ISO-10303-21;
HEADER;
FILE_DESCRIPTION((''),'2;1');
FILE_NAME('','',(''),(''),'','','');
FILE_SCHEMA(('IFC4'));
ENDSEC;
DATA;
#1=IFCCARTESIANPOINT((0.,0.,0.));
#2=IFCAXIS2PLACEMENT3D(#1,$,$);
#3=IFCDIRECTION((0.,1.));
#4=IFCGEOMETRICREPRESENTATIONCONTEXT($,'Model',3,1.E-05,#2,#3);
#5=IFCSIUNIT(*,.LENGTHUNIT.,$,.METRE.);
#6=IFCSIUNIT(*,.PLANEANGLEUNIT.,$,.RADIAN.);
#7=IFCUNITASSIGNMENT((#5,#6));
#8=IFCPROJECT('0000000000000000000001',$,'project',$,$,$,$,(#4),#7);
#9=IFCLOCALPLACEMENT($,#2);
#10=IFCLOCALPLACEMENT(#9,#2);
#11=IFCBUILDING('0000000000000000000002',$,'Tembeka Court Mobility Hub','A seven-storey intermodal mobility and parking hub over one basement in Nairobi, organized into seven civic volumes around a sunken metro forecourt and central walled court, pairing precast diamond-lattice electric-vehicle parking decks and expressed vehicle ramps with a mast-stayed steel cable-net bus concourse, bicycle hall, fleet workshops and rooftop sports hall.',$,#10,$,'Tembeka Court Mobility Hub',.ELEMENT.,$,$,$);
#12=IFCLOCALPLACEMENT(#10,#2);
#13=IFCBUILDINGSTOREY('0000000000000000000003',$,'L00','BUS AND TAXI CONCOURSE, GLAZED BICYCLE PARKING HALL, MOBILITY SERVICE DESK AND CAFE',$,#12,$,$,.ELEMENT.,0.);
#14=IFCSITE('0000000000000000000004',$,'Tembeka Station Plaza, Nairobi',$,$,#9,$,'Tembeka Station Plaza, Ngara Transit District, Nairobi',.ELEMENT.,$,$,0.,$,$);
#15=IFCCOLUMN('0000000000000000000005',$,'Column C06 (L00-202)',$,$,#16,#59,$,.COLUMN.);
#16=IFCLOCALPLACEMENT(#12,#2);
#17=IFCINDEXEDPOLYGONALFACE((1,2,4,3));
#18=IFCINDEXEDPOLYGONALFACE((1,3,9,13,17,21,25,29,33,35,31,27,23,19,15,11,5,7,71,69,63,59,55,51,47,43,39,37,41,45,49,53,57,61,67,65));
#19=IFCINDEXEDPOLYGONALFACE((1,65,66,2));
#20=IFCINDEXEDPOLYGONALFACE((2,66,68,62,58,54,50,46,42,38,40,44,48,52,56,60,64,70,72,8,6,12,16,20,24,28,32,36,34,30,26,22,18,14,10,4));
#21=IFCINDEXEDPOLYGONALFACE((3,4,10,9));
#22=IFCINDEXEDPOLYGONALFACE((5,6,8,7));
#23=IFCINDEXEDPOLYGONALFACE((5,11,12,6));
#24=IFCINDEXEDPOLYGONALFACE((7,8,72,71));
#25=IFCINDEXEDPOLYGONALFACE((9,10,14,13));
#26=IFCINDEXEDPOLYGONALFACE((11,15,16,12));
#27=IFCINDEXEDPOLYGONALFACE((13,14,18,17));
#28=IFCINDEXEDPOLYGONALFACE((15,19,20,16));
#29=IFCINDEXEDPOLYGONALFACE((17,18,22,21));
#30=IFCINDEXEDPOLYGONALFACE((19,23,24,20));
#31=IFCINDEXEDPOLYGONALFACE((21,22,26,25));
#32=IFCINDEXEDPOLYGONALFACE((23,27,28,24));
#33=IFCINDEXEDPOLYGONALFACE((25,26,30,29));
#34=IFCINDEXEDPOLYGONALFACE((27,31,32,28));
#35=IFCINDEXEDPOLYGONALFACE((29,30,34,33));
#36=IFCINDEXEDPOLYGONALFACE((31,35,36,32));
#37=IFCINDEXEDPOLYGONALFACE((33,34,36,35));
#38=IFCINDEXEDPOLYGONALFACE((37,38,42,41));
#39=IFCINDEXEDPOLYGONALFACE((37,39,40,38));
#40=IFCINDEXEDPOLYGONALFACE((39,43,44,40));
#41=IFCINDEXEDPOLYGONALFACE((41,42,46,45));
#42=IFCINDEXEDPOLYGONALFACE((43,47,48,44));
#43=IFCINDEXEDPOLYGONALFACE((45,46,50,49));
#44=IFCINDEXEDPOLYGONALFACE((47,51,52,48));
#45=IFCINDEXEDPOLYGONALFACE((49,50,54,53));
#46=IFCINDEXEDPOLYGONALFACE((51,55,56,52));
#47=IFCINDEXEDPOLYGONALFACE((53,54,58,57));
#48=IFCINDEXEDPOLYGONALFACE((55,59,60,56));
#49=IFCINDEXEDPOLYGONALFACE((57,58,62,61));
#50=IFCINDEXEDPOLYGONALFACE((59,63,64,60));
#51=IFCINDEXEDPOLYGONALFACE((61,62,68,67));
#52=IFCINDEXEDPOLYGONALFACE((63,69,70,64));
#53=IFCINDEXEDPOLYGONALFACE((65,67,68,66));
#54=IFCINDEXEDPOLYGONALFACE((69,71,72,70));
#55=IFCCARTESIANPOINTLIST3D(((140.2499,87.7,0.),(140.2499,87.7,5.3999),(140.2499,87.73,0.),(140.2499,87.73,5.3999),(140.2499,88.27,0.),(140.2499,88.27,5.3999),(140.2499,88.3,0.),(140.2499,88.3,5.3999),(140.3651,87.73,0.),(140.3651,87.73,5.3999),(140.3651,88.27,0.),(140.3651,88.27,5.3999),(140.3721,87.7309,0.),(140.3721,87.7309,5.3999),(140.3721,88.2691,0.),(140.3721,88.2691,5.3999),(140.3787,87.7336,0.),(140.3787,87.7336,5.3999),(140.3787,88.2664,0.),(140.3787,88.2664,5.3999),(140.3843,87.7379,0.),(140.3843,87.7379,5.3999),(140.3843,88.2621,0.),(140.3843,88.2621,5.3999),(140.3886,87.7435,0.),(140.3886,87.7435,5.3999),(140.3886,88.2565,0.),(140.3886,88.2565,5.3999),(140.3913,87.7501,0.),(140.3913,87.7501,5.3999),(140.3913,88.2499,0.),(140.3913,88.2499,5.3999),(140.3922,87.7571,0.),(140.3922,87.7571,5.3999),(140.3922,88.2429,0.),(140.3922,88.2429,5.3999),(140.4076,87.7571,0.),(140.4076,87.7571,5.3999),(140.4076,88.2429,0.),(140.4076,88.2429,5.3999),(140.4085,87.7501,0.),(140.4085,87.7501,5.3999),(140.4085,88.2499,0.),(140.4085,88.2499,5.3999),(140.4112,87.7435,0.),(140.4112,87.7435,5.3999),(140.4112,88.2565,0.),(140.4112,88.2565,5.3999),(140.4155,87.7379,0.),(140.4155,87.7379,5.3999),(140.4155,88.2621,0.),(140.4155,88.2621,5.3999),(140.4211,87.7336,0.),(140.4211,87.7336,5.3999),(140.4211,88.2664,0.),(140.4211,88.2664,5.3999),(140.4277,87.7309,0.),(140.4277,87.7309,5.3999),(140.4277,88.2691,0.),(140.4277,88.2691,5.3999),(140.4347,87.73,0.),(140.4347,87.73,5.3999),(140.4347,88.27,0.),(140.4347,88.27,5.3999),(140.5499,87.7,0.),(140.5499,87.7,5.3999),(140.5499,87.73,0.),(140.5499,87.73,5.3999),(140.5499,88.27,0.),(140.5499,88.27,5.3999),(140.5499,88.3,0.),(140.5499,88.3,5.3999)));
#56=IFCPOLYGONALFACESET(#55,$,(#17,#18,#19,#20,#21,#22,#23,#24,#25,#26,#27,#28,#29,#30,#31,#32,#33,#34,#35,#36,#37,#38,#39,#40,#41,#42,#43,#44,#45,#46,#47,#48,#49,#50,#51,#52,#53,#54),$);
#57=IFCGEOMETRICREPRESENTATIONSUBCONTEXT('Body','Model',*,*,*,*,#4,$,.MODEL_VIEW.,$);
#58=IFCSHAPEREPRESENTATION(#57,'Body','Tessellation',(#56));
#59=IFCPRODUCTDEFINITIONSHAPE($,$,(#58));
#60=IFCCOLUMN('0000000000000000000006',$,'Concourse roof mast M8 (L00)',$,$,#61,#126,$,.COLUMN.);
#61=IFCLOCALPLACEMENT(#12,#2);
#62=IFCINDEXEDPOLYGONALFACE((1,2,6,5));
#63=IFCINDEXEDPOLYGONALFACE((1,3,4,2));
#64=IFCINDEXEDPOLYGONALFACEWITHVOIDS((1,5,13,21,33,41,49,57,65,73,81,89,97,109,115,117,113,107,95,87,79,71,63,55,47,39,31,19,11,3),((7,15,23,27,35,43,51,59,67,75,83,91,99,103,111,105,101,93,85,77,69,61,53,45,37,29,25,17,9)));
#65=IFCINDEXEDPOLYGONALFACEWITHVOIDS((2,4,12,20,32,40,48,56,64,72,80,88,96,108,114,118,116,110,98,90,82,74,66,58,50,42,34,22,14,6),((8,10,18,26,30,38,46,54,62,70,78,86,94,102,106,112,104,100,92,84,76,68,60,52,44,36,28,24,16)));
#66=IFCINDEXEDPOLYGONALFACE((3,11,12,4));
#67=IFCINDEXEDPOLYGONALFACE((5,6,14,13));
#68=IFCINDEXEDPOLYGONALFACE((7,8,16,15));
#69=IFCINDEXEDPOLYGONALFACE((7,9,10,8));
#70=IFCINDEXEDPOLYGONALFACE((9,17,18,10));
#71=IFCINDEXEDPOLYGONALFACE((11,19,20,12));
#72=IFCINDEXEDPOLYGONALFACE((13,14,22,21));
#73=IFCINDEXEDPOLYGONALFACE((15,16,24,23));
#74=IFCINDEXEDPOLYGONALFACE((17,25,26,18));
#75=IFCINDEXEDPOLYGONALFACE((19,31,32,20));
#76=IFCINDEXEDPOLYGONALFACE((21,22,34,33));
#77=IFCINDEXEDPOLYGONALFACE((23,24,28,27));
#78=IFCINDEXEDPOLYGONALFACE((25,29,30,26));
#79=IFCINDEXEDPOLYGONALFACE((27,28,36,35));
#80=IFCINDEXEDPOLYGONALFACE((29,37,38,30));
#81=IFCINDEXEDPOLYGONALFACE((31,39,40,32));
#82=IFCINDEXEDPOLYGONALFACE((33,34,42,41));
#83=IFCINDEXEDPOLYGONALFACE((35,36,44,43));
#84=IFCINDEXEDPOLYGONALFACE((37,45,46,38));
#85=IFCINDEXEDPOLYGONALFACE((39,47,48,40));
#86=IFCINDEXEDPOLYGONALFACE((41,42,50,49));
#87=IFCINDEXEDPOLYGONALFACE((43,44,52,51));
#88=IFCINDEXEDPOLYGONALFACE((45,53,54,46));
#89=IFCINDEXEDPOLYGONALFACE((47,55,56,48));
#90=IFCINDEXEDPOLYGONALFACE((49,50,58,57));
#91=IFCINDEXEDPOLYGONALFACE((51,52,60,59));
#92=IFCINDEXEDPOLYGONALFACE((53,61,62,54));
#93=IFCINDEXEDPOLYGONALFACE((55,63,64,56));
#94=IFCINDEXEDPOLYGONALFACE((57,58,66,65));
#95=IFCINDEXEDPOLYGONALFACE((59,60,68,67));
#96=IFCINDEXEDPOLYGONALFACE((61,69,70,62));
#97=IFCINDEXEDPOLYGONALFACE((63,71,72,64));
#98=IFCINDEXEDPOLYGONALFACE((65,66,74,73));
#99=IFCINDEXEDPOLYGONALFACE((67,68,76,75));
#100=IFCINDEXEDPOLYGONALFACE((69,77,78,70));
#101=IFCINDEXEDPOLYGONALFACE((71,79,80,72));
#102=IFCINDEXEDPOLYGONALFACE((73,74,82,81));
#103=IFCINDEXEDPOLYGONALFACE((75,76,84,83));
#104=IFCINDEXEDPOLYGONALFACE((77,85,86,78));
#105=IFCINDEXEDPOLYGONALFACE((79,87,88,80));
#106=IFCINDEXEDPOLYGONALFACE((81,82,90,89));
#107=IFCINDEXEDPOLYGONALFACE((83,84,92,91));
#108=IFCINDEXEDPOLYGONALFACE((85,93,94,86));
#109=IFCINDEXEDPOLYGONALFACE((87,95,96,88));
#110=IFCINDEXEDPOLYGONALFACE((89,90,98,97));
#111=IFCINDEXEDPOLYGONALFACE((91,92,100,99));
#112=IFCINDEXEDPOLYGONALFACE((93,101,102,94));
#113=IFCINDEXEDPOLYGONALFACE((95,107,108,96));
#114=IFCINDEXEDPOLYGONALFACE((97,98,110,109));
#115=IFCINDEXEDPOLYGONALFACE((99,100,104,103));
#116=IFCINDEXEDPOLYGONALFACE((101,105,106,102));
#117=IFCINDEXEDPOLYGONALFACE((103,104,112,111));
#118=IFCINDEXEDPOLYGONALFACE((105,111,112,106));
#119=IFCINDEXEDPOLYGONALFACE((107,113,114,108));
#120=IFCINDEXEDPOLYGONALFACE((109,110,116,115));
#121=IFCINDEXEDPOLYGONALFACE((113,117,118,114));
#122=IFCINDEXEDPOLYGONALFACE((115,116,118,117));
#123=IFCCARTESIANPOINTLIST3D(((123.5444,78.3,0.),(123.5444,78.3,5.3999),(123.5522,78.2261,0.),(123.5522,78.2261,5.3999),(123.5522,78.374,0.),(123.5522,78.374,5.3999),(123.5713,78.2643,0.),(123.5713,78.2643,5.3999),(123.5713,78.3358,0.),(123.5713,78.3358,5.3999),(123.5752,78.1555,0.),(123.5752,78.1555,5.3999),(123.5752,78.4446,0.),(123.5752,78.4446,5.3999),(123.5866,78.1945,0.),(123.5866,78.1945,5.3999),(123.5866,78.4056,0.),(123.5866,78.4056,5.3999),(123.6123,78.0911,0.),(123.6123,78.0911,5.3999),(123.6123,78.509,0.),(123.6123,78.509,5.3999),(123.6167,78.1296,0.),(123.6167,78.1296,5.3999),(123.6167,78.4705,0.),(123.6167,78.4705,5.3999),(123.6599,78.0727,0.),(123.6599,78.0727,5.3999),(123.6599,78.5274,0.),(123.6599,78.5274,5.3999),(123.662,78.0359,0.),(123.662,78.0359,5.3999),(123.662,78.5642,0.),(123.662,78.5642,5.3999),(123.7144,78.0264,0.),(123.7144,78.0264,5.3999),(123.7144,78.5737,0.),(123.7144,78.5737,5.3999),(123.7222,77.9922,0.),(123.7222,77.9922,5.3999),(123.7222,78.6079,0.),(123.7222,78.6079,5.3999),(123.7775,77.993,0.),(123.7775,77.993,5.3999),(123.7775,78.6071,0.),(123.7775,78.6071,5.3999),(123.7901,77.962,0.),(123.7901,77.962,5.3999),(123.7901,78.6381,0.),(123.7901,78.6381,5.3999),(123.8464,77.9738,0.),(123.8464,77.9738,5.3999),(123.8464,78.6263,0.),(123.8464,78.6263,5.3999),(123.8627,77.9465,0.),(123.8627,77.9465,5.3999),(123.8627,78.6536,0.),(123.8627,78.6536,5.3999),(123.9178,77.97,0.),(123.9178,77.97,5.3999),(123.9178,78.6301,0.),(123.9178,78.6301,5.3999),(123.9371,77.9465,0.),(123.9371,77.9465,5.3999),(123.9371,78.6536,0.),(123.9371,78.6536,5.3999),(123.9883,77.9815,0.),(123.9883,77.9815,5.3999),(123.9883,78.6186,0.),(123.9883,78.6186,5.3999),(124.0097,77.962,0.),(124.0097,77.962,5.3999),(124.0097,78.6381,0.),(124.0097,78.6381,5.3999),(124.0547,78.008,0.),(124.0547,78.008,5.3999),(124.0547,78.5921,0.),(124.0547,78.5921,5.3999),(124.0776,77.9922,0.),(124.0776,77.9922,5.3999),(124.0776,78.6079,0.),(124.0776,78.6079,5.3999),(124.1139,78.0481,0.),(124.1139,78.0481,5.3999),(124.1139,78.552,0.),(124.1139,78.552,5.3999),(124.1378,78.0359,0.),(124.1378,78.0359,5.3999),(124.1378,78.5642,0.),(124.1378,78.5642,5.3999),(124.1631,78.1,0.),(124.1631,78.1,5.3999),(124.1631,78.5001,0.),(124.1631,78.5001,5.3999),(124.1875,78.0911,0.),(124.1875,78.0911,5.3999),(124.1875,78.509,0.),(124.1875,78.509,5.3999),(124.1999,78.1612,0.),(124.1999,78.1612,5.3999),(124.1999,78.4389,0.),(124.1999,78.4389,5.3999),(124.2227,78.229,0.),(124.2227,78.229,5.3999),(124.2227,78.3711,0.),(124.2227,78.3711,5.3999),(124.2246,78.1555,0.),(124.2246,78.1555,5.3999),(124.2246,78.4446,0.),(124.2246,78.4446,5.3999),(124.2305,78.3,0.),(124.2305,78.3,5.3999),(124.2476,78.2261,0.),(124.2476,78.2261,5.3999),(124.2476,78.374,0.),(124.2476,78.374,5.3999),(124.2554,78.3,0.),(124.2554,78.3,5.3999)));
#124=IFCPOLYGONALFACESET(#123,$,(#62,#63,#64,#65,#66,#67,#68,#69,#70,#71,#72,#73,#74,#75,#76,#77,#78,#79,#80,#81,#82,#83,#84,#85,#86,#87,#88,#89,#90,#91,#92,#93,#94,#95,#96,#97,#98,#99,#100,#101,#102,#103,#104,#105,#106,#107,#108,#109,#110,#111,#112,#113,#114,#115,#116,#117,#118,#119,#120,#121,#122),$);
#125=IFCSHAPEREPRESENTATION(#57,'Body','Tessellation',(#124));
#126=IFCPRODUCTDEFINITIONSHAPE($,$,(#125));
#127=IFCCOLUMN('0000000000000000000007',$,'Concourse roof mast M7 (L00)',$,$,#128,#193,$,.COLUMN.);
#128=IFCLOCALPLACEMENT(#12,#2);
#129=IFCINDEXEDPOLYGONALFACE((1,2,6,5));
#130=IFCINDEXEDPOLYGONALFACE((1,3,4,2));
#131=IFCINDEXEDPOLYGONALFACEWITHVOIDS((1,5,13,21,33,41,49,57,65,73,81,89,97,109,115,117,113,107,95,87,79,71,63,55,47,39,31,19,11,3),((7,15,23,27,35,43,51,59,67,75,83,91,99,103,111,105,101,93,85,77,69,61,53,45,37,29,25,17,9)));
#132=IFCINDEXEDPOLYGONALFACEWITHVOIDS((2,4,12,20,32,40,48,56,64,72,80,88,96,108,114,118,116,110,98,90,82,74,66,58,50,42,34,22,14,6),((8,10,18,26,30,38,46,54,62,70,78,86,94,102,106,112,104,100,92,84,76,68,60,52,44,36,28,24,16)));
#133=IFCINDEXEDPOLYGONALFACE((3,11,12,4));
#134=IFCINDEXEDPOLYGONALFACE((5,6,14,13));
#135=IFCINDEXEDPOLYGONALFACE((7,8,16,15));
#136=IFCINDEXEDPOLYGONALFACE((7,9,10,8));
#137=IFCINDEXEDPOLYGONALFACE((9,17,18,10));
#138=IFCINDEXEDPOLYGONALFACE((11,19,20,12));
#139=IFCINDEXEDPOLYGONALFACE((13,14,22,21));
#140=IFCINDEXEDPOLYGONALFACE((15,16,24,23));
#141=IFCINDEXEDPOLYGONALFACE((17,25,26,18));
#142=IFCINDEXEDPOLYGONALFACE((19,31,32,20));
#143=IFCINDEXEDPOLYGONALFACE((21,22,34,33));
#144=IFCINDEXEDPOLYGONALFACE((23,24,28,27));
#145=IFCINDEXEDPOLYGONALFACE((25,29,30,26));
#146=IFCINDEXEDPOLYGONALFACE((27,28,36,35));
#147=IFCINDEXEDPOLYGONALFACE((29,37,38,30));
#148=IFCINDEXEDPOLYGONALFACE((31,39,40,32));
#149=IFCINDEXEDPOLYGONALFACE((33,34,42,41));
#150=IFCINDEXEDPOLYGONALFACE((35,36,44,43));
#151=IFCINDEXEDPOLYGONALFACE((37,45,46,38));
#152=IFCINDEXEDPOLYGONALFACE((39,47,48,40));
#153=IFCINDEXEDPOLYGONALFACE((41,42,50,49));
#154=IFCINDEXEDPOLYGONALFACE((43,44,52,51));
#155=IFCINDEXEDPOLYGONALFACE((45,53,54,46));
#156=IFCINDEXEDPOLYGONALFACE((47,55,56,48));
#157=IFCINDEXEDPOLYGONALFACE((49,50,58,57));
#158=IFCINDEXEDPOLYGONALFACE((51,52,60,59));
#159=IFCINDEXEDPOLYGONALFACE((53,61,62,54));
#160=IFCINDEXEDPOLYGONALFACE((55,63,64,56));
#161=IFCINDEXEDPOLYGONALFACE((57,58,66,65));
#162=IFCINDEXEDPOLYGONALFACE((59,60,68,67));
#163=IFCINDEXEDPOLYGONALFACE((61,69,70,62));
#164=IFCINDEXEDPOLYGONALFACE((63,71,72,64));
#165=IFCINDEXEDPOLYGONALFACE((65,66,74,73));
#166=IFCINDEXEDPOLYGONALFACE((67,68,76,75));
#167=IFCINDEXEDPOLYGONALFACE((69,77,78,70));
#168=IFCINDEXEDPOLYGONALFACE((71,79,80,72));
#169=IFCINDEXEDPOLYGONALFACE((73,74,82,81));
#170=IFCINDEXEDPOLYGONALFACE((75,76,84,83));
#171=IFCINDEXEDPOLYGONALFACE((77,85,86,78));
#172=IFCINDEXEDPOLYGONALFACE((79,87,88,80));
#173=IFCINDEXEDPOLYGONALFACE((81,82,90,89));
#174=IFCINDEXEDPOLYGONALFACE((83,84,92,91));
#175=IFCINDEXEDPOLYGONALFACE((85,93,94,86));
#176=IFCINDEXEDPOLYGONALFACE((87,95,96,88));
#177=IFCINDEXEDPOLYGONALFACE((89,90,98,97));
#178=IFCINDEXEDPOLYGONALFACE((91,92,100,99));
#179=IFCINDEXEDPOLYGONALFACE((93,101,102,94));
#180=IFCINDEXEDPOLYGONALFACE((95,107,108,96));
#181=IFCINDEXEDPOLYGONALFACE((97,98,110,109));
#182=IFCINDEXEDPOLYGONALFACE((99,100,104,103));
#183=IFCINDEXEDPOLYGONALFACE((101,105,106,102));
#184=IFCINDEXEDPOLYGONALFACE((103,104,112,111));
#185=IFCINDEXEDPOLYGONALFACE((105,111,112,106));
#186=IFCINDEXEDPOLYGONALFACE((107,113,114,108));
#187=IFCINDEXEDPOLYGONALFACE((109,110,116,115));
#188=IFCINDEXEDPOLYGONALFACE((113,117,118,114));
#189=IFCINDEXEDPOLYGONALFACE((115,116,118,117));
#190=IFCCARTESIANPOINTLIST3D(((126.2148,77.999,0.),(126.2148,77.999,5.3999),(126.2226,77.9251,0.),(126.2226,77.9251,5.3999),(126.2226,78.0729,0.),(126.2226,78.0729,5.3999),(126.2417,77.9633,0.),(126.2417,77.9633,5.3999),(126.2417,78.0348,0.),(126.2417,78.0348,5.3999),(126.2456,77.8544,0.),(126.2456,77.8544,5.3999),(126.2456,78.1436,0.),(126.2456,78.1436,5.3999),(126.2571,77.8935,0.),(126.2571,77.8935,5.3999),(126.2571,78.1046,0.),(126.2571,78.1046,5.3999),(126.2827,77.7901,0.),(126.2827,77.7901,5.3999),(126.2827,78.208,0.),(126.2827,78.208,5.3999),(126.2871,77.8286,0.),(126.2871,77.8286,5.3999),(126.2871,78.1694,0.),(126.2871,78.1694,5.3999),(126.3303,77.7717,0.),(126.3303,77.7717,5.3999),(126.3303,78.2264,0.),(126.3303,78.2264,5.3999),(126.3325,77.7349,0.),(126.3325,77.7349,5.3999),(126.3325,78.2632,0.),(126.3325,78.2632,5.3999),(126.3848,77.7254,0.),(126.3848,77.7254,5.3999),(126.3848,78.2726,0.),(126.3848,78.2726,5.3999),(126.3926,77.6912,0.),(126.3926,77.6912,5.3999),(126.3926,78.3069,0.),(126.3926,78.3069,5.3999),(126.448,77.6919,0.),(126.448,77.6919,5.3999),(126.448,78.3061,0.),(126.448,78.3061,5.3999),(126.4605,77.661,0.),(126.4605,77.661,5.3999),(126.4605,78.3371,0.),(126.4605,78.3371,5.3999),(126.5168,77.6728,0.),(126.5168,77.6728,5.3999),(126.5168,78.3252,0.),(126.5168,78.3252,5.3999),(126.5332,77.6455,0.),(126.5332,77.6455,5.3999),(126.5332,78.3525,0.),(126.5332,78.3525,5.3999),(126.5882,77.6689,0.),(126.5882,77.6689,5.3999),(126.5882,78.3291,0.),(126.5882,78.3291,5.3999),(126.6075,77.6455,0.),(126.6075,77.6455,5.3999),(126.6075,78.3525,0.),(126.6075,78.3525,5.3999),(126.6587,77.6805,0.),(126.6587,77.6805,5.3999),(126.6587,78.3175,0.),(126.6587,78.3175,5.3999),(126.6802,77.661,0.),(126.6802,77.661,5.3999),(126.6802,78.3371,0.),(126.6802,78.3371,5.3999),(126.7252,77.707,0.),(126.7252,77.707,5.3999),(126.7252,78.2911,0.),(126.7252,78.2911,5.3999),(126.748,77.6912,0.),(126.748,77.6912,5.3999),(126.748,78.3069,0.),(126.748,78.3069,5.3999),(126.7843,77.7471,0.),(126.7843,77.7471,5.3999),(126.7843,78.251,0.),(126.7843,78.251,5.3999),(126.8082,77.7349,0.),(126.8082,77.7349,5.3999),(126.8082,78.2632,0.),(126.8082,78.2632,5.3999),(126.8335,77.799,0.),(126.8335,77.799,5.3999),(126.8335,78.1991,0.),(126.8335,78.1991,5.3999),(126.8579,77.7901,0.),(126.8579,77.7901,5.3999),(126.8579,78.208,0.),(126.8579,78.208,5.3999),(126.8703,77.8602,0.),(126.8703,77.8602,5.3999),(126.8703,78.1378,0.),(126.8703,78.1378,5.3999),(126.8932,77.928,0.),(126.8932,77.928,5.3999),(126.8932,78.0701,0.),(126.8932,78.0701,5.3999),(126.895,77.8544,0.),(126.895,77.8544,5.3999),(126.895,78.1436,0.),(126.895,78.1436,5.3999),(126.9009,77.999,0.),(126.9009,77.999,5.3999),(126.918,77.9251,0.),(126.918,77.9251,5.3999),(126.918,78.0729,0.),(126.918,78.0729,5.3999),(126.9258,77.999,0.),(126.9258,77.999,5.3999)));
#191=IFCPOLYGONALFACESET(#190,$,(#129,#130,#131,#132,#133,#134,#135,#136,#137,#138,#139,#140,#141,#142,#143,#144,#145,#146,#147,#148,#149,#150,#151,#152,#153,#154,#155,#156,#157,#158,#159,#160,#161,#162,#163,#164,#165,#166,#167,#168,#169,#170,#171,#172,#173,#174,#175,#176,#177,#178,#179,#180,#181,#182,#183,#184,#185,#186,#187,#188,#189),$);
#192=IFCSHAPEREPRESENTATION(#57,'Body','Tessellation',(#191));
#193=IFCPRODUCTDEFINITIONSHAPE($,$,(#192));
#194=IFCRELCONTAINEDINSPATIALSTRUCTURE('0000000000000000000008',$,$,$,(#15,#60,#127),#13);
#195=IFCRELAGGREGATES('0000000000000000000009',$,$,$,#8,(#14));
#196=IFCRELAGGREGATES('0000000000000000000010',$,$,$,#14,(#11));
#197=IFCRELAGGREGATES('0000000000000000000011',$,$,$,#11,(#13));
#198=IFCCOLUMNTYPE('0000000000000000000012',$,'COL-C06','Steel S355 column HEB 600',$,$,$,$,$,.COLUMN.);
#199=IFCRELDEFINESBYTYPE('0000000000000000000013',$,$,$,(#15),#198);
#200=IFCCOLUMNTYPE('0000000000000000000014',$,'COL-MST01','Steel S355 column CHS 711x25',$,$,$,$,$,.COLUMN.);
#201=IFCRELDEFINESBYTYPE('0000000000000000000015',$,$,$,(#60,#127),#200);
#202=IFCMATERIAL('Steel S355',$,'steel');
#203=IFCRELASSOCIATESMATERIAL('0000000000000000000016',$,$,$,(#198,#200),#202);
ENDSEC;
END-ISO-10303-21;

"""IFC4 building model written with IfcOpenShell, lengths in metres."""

from ifc_helpers import new_model, si_unit, direction, frame, origin, origin_2d, place, context, subcontext, project, spatial, hollow_circle, i_section, extrude, material, material_profile, profile_set, type_object, element, save


model = new_model("IFC4")

# Units and contexts
model_context = context("Model", 3, precision=1e-05, world=origin(), true_north=direction((0.0, 1.0)))
body_context = subcontext(model_context, "Body", "Model", "MODEL_VIEW")
ifc_project = project(units=[si_unit("LENGTHUNIT", "METRE"), si_unit("PLANEANGLEUNIT", "RADIAN")], contexts=[model_context])

# Site, building, storey
site_placement = place(None, origin())
site = spatial("IfcSite", under=ifc_project, at=site_placement, Name="Tembeka Station Plaza, Nairobi", LongName="Tembeka Station Plaza, Ngara Transit District, Nairobi", CompositionType="ELEMENT", RefElevation=0.0)
building_placement = place(site_placement, origin())
building = spatial("IfcBuilding", under=site, at=building_placement, Name="Tembeka Court Mobility Hub", Description="A seven-storey intermodal mobility and parking hub over one basement in Nairobi, organized into seven civic volumes around a sunken metro forecourt and central walled court, pairing precast diamond-lattice electric-vehicle parking decks and expressed vehicle ramps with a mast-stayed steel cable-net bus concourse, bicycle hall, fleet workshops and rooftop sports hall.", LongName="Tembeka Court Mobility Hub", CompositionType="ELEMENT")
storey_placement = place(building_placement, origin())
storey = spatial("IfcBuildingStorey", under=building, at=storey_placement, Name="L00", Description="BUS AND TAXI CONCOURSE, GLAZED BICYCLE PARKING HALL, MOBILITY SERVICE DESK AND CAFE", CompositionType="ELEMENT", Elevation=0.0)

# Columns
ifc_material_1 = material(Name="Steel S355", Category="steel")
ifc_material_profile_1 = material_profile(ifc_material_1, i_section(OverallWidth=0.3, OverallDepth=0.6001, WebThickness=0.0154, FlangeThickness=0.03, FilletRadius=0.0271, at=origin_2d()), Name="HEB 600")
ifc_profile_set_1 = profile_set([ifc_material_profile_1], Name="Steel S355")
column_type_1 = type_object("IfcColumnType", Name="COL-C06", Description="Steel S355 column HEB 600", PredefinedType="COLUMN", material=ifc_profile_set_1)
for number, where, z_axis, x_axis, name in (
    (1, (140.3999, 88.0, 0.0), (0.0, 0.0, 1.0), (1.0, 0.0, 0.0), "Column C06 (L00-202)"),
):
    element("IfcColumn", number, at=place(storey_placement, frame(where, z_axis=z_axis, x_axis=x_axis)), inside=storey, type_object=column_type_1, Name=name, PredefinedType="COLUMN", context=body_context, shape_type="SweptSolid", body=[
        extrude(i_section(OverallWidth=0.3, OverallDepth=0.6001, WebThickness=0.0154, FlangeThickness=0.03, FilletRadius=0.0271, at=origin_2d()), origin(), (0.0, 0.0, 1.0), 5.3999),
    ])
ifc_material_profile_2 = material_profile(ifc_material_1, hollow_circle(Radius=0.3555, WallThickness=0.0249, at=origin_2d()), Name="CHS 711x25")
ifc_profile_set_2 = profile_set([ifc_material_profile_2], Name="Steel S355")
column_type_2 = type_object("IfcColumnType", Name="COL-MST01", Description="Steel S355 column CHS 711x25", PredefinedType="COLUMN", material=ifc_profile_set_2)
for number, where, z_axis, x_axis, name in (
    (2, (123.8999, 78.3, 0.0), (0.0, 0.0, 1.0), (1.0, 0.0, 0.0), "Concourse roof mast M8 (L00)"),
    (3, (126.5703, 77.999, 0.0), (0.0, 0.0, 1.0), (1.0, 0.0, 0.0), "Concourse roof mast M7 (L00)"),
):
    element("IfcColumn", number, at=place(storey_placement, frame(where, z_axis=z_axis, x_axis=x_axis)), inside=storey, type_object=column_type_2, Name=name, PredefinedType="COLUMN", context=body_context, shape_type="SweptSolid", body=[
        extrude(hollow_circle(Radius=0.3555, WallThickness=0.0249, at=origin_2d()), origin(), (0.0, 0.0, 1.0), 5.3999),
    ])

save(model, "model.ifc")
